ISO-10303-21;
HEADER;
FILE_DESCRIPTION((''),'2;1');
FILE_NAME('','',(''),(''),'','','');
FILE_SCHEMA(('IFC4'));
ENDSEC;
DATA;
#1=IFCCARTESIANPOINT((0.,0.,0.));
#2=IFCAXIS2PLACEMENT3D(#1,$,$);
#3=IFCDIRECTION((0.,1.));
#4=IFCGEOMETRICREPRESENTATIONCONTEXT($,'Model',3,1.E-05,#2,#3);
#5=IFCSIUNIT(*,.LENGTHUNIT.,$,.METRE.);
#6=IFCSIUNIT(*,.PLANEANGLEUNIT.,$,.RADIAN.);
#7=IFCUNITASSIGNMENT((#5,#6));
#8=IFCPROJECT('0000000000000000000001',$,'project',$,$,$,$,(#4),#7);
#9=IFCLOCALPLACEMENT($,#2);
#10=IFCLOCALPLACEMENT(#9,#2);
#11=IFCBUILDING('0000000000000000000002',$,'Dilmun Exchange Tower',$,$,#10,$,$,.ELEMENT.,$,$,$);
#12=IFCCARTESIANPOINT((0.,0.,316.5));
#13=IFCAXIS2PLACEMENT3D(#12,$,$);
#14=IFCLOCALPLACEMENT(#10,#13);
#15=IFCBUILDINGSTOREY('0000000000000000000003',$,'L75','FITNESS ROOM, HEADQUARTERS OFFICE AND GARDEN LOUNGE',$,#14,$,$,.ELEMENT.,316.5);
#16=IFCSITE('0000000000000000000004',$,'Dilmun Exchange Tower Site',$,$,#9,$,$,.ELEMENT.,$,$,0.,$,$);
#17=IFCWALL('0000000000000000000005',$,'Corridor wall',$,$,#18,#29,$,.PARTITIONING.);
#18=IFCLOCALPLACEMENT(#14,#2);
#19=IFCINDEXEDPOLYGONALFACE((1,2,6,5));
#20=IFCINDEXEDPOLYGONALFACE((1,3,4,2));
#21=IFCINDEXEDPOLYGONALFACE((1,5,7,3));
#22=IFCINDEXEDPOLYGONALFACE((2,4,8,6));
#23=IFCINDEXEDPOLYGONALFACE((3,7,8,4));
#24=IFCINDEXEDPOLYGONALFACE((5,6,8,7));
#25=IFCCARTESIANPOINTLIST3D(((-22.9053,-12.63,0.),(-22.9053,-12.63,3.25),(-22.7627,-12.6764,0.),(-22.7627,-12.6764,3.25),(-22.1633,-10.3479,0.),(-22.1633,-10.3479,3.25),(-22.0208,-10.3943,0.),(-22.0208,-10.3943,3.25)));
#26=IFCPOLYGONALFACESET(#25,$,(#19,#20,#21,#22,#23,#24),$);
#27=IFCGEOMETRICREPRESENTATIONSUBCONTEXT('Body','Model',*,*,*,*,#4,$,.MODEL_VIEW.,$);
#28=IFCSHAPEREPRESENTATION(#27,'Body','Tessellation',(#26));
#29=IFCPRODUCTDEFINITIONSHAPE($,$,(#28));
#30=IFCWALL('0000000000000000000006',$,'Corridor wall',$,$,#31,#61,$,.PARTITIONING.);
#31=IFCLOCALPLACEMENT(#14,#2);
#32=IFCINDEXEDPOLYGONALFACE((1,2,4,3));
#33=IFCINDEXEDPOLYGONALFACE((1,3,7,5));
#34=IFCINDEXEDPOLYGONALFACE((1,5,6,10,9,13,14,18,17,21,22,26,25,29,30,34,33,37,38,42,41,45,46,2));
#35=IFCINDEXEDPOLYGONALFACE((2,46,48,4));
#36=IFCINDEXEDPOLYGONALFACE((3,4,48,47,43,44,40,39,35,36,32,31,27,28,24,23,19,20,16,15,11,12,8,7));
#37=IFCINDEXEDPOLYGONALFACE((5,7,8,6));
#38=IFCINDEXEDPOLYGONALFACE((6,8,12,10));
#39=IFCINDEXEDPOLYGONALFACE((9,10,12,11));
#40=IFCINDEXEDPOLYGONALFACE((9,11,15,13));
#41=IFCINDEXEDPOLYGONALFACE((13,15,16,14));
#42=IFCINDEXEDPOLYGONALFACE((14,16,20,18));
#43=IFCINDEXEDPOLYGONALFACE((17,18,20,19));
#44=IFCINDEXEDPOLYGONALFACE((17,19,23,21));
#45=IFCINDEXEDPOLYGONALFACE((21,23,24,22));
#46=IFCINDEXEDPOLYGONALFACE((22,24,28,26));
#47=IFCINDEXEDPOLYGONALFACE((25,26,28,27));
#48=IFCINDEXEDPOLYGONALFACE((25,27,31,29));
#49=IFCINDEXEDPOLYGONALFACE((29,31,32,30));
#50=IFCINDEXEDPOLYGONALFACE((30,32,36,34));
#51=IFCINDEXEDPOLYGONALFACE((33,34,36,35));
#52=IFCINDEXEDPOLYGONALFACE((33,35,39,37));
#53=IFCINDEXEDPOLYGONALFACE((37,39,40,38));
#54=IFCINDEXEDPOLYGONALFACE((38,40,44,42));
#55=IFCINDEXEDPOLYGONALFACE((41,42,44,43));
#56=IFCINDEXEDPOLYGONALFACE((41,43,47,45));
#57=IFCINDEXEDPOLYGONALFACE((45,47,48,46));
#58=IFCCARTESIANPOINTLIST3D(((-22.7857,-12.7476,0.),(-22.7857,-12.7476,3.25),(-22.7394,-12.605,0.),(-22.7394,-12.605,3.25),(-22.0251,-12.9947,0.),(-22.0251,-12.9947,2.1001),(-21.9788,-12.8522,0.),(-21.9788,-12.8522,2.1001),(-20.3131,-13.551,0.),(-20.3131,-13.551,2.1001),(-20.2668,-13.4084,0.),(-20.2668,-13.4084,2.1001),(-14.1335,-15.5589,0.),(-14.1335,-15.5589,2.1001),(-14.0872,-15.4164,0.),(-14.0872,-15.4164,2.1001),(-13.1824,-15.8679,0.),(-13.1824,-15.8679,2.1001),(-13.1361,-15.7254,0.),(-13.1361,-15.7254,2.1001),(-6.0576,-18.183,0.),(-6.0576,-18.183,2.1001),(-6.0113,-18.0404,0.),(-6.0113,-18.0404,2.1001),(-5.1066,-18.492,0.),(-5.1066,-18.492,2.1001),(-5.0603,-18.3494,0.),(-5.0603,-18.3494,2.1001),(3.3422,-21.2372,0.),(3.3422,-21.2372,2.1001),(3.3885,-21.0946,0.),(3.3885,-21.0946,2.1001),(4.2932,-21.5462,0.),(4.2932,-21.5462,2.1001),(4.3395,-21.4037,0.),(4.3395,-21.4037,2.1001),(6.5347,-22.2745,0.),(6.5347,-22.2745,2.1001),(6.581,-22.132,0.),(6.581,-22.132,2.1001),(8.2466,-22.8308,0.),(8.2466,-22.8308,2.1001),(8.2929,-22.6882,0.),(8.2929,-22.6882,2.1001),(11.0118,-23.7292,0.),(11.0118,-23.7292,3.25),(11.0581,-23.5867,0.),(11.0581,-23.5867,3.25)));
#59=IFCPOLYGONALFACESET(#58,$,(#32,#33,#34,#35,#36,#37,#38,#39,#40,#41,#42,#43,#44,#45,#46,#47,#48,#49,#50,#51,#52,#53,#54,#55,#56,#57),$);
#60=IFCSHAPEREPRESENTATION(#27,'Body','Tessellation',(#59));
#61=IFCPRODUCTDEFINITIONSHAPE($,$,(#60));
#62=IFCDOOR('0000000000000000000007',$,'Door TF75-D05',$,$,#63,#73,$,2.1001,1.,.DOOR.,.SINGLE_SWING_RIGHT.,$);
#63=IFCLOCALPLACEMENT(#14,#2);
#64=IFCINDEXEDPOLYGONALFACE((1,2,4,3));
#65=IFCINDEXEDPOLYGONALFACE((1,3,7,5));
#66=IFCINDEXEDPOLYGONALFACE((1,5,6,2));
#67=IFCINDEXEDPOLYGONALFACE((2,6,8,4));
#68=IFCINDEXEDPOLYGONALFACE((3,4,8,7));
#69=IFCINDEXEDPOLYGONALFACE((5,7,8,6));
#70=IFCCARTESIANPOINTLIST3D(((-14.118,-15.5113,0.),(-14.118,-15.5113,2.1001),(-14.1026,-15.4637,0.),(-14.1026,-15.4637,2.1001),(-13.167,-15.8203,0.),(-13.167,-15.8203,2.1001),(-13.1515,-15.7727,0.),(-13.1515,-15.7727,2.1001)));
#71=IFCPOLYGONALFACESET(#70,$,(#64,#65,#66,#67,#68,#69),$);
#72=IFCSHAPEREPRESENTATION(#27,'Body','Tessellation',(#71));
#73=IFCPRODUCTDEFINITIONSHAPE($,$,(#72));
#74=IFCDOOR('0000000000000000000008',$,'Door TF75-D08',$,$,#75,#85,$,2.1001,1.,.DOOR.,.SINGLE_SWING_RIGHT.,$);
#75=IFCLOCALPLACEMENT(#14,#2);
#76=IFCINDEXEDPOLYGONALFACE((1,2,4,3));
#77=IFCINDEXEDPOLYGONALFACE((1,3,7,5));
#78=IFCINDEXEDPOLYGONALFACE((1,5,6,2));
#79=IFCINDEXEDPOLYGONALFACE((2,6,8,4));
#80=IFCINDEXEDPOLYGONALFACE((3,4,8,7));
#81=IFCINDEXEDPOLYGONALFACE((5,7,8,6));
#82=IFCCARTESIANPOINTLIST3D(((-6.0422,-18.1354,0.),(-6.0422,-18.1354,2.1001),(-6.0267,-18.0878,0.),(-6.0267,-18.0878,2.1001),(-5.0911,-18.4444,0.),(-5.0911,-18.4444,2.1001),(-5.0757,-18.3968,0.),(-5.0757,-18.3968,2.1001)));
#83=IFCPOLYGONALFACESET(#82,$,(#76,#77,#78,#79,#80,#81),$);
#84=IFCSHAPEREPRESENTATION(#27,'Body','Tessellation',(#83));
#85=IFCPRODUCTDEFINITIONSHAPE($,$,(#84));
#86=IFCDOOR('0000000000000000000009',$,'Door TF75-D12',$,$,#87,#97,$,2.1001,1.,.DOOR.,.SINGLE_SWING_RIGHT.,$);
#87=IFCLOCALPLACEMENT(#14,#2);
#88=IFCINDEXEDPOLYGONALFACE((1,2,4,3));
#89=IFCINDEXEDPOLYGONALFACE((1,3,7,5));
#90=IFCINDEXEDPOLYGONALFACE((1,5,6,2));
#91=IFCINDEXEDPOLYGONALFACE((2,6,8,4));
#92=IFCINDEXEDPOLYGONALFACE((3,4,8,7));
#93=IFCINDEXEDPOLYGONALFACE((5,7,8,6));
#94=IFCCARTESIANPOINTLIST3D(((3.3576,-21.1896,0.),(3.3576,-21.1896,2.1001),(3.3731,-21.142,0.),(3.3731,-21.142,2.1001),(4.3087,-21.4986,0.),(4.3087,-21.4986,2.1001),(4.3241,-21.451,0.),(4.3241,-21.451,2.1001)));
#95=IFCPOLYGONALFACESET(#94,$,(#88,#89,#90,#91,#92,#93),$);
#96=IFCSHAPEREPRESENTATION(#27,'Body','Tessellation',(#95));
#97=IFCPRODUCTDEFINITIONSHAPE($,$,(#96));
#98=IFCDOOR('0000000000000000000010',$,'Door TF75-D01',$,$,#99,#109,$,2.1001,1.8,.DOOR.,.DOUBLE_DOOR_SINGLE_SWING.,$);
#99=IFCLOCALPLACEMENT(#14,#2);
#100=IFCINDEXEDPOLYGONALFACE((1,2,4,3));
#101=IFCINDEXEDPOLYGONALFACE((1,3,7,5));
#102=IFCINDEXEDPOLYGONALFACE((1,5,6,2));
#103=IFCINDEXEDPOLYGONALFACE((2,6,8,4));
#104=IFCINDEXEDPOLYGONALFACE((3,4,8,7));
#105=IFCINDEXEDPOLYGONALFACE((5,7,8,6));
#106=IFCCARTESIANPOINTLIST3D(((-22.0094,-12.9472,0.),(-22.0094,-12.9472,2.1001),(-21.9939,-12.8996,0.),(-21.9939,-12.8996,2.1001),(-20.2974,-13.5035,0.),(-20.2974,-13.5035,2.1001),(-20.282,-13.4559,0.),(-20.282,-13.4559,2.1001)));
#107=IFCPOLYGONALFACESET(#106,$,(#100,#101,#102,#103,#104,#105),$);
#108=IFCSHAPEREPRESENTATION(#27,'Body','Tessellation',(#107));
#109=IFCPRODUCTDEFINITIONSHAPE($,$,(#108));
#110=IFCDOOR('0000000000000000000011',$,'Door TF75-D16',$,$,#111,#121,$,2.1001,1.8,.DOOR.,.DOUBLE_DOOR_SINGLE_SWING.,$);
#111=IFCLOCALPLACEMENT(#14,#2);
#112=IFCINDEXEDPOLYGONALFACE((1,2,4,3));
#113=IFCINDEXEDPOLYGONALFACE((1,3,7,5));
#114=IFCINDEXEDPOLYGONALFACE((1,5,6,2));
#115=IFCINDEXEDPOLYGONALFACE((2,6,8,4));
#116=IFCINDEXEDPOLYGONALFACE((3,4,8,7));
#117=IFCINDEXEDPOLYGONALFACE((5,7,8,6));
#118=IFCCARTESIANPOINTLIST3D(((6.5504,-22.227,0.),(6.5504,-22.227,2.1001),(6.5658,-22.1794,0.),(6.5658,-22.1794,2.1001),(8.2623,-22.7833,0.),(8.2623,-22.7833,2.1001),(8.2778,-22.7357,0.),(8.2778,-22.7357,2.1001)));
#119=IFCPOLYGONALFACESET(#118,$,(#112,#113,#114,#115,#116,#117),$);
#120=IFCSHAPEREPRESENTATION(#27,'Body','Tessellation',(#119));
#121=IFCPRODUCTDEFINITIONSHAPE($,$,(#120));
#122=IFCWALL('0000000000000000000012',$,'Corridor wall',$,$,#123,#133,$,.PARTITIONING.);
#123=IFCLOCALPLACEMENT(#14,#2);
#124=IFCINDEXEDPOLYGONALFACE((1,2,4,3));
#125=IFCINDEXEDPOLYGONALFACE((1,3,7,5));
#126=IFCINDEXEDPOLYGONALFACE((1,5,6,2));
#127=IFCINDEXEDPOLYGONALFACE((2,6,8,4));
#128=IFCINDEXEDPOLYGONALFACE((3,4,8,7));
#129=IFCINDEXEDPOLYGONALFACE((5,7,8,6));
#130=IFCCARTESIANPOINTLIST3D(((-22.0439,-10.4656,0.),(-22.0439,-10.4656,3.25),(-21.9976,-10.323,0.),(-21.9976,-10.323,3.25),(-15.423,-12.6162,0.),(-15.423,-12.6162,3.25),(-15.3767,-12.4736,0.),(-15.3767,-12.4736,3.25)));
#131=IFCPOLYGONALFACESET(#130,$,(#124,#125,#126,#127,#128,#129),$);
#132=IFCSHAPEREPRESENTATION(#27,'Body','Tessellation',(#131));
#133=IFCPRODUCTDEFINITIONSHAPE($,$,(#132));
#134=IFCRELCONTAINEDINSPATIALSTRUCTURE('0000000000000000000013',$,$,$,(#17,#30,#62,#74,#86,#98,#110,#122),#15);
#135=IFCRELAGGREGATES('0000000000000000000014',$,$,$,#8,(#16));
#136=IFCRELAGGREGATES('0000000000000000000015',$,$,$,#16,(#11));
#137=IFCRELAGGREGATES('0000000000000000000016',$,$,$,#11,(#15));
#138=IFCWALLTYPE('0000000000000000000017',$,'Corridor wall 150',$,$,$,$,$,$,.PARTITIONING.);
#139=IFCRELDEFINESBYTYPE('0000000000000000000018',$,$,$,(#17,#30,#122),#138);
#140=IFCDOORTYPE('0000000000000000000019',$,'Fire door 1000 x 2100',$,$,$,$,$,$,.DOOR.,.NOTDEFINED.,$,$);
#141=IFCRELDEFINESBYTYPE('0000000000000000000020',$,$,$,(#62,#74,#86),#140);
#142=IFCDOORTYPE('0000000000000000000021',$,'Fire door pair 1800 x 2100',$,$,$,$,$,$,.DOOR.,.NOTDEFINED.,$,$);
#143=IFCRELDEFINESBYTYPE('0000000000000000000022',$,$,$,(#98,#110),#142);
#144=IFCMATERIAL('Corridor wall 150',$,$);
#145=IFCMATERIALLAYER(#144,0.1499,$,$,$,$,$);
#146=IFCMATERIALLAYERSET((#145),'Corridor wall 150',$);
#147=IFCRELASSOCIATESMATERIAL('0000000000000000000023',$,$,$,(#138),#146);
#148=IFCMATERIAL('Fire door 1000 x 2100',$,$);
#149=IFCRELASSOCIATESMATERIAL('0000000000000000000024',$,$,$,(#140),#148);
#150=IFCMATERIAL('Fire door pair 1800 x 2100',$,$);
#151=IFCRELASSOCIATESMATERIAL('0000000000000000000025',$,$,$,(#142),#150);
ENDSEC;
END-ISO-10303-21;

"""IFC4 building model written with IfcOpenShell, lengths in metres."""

from ifc_helpers import new_model, si_unit, direction, frame, frame_2d, origin, place, context, subcontext, project, spatial, rectangle, extrude, material, layer, layer_set, type_object, element, fill, save


model = new_model("IFC4")

# Units and contexts
model_context = context("Model", 3, precision=1e-05, world=origin(), true_north=direction((0.0, 1.0)))
body_context = subcontext(model_context, "Body", "Model", "MODEL_VIEW")
ifc_project = project(units=[si_unit("LENGTHUNIT", "METRE"), si_unit("PLANEANGLEUNIT", "RADIAN")], contexts=[model_context])

# Site, building, storey
site_placement = place(None, origin())
site = spatial("IfcSite", under=ifc_project, at=site_placement, Name="Dilmun Exchange Tower Site", CompositionType="ELEMENT", RefElevation=0.0)
building_placement = place(site_placement, origin())
building = spatial("IfcBuilding", under=site, at=building_placement, Name="Dilmun Exchange Tower", CompositionType="ELEMENT")
storey_placement = place(building_placement, frame((0.0, 0.0, 316.5)))
storey = spatial("IfcBuildingStorey", under=building, at=storey_placement, Name="L75", Description="FITNESS ROOM, HEADQUARTERS OFFICE AND GARDEN LOUNGE", CompositionType="ELEMENT", Elevation=316.5)

# Wall
ifc_material_1 = material(Name="Corridor wall 150")
ifc_layer_1 = layer(ifc_material_1, 0.1499)
ifc_layer_set_1 = layer_set([ifc_layer_1], Name="Corridor wall 150")
wall_type_1 = type_object("IfcWallType", Name="Corridor wall 150", PredefinedType="PARTITIONING", material=ifc_layer_set_1)
wall_1_placement = place(storey_placement, frame((-22.834, -12.6531, 0.0), z_axis=(0.0, 0.0, 1.0), x_axis=(0.309199, 0.950997, 0.0)))
element("IfcWall", 1, at=wall_1_placement, inside=storey, type_object=wall_type_1, Name="Corridor wall", PredefinedType="PARTITIONING", context=body_context, shape_type="SweptSolid", body=[
    extrude(rectangle(XDim=2.3997, YDim=0.1499, at=frame_2d((1.1997, 0.0))), origin(), (0.0, 0.0, 1.0), 3.25),
])

# Wall, openings, doors
wall_2_placement = place(storey_placement, frame((-22.7627, -12.6763, 0.0), z_axis=(0.0, 0.0, 1.0), x_axis=(0.951055, -0.309022, 0.0)))
wall_2 = element("IfcWall", 2, at=wall_2_placement, inside=storey, type_object=wall_type_1, Name="Corridor wall", PredefinedType="PARTITIONING", context=body_context, shape_type="SweptSolid", body=[
    extrude(rectangle(XDim=35.5369, YDim=0.1499, at=frame_2d((17.7686, 0.0))), origin(), (0.0, 0.0, 1.0), 3.25),
])
opening_1_placement = place(wall_2_placement, frame((0.8, 0.0, 0.0)))
opening_1 = element("IfcOpeningElement", 3, at=opening_1_placement, cuts=wall_2, PredefinedType="OPENING", context=body_context, shape_type="SweptSolid", body=[
    extrude(rectangle(XDim=1.8, YDim=2.1001, at=frame_2d((0.8999, 1.05))), frame((0.0, 0.085, 0.0), z_axis=(0.0, -1.0, 0.0), x_axis=(1.0, 0.0, 0.0)), (0.0, 0.0, 1.0), 0.1699),
])
opening_2_placement = place(wall_2_placement, frame((9.0977, 0.0, 0.0)))
opening_2 = element("IfcOpeningElement", 4, at=opening_2_placement, cuts=wall_2, PredefinedType="OPENING", context=body_context, shape_type="SweptSolid", body=[
    extrude(rectangle(XDim=1.0, YDim=2.1001, at=frame_2d((0.5, 1.05))), frame((0.0, 0.085, 0.0), z_axis=(0.0, -1.0, 0.0), x_axis=(1.0, 0.0, 0.0)), (0.0, 0.0, 1.0), 0.1699),
])
opening_3_placement = place(wall_2_placement, frame((17.5891, 0.0, 0.0)))
opening_3 = element("IfcOpeningElement", 5, at=opening_3_placement, cuts=wall_2, PredefinedType="OPENING", context=body_context, shape_type="SweptSolid", body=[
    extrude(rectangle(XDim=1.0, YDim=2.1001, at=frame_2d((0.5, 1.05))), frame((0.0, 0.085, 0.0), z_axis=(0.0, -1.0, 0.0), x_axis=(1.0, 0.0, 0.0)), (0.0, 0.0, 1.0), 0.1699),
])
opening_4_placement = place(wall_2_placement, frame((27.4727, 0.0, 0.0)))
opening_4 = element("IfcOpeningElement", 6, at=opening_4_placement, cuts=wall_2, PredefinedType="OPENING", context=body_context, shape_type="SweptSolid", body=[
    extrude(rectangle(XDim=1.0, YDim=2.1001, at=frame_2d((0.5, 1.05))), frame((0.0, 0.085, 0.0), z_axis=(0.0, -1.0, 0.0), x_axis=(1.0, 0.0, 0.0)), (0.0, 0.0, 1.0), 0.1699),
])
opening_5_placement = place(wall_2_placement, frame((30.8296, 0.0, 0.0)))
opening_5 = element("IfcOpeningElement", 7, at=opening_5_placement, cuts=wall_2, PredefinedType="OPENING", context=body_context, shape_type="SweptSolid", body=[
    extrude(rectangle(XDim=1.8, YDim=2.1001, at=frame_2d((0.8999, 1.05))), frame((0.0, 0.085, 0.0), z_axis=(0.0, -1.0, 0.0), x_axis=(1.0, 0.0, 0.0)), (0.0, 0.0, 1.0), 0.1699),
])
ifc_material_2 = material(Name="Fire door 1000 x 2100")
door_type_1 = type_object("IfcDoorType", Name="Fire door 1000 x 2100", OperationType="NOTDEFINED", PredefinedType="DOOR", material=ifc_material_2)
door_1_placement = place(opening_2_placement, frame((1.0, 0.0, 0.0), z_axis=(0.0, 0.0, 1.0), x_axis=(-1.0, 0.0, 0.0)))
door_1 = element("IfcDoor", 8, at=door_1_placement, inside=storey, type_object=door_type_1, Name="Door TF75-D05", OperationType="SINGLE_SWING_RIGHT", OverallHeight=2.1001, OverallWidth=1.0, PredefinedType="DOOR", context=body_context, shape_type="SweptSolid", body=[
    extrude(rectangle(XDim=1.0, YDim=2.1001, at=frame_2d((0.5, 1.05))), frame((0.0, 0.0249, 0.0), z_axis=(0.0, -1.0, 0.0), x_axis=(1.0, 0.0, 0.0)), (0.0, 0.0, 1.0), 0.05),
])
fill(opening_2, door_1)
door_2_placement = place(opening_3_placement, frame((1.0, 0.0, 0.0), z_axis=(0.0, 0.0, 1.0), x_axis=(-1.0, 0.0, 0.0)))
door_2 = element("IfcDoor", 9, at=door_2_placement, inside=storey, type_object=door_type_1, Name="Door TF75-D08", OperationType="SINGLE_SWING_RIGHT", OverallHeight=2.1001, OverallWidth=1.0, PredefinedType="DOOR", context=body_context, shape_type="SweptSolid", body=[
    extrude(rectangle(XDim=1.0, YDim=2.1001, at=frame_2d((0.5, 1.05))), frame((0.0, 0.0249, 0.0), z_axis=(0.0, -1.0, 0.0), x_axis=(1.0, 0.0, 0.0)), (0.0, 0.0, 1.0), 0.05),
])
fill(opening_3, door_2)
door_3_placement = place(opening_4_placement, frame((1.0, 0.0, 0.0), z_axis=(0.0, 0.0, 1.0), x_axis=(-1.0, 0.0, 0.0)))
door_3 = element("IfcDoor", 10, at=door_3_placement, inside=storey, type_object=door_type_1, Name="Door TF75-D12", OperationType="SINGLE_SWING_RIGHT", OverallHeight=2.1001, OverallWidth=1.0, PredefinedType="DOOR", context=body_context, shape_type="SweptSolid", body=[
    extrude(rectangle(XDim=1.0, YDim=2.1001, at=frame_2d((0.5, 1.05))), frame((0.0, 0.0249, 0.0), z_axis=(0.0, -1.0, 0.0), x_axis=(1.0, 0.0, 0.0)), (0.0, 0.0, 1.0), 0.05),
])
fill(opening_4, door_3)
ifc_material_3 = material(Name="Fire door pair 1800 x 2100")
door_type_2 = type_object("IfcDoorType", Name="Fire door pair 1800 x 2100", OperationType="NOTDEFINED", PredefinedType="DOOR", material=ifc_material_3)
door_4_placement = place(opening_1_placement, frame((1.8, 0.0, 0.0), z_axis=(0.0, 0.0, 1.0), x_axis=(-1.0, 0.0, 0.0)))
door_4 = element("IfcDoor", 11, at=door_4_placement, inside=storey, type_object=door_type_2, Name="Door TF75-D01", OperationType="DOUBLE_DOOR_SINGLE_SWING", OverallHeight=2.1001, OverallWidth=1.8, PredefinedType="DOOR", context=body_context, shape_type="SweptSolid", body=[
    extrude(rectangle(XDim=1.8, YDim=2.1001, at=frame_2d((0.8999, 1.05))), frame((0.0, 0.0249, 0.0), z_axis=(0.0, -1.0, 0.0), x_axis=(1.0, 0.0, 0.0)), (0.0, 0.0, 1.0), 0.05),
])
fill(opening_1, door_4)
door_5_placement = place(opening_5_placement, frame((1.8, 0.0, 0.0), z_axis=(0.0, 0.0, 1.0), x_axis=(-1.0, 0.0, 0.0)))
door_5 = element("IfcDoor", 12, at=door_5_placement, inside=storey, type_object=door_type_2, Name="Door TF75-D16", OperationType="DOUBLE_DOOR_SINGLE_SWING", OverallHeight=2.1001, OverallWidth=1.8, PredefinedType="DOOR", context=body_context, shape_type="SweptSolid", body=[
    extrude(rectangle(XDim=1.8, YDim=2.1001, at=frame_2d((0.8999, 1.05))), frame((0.0, 0.0249, 0.0), z_axis=(0.0, -1.0, 0.0), x_axis=(1.0, 0.0, 0.0)), (0.0, 0.0, 1.0), 0.05),
])
fill(opening_5, door_5)

# Wall
wall_3_placement = place(storey_placement, frame((-22.0208, -10.3943, 0.0), z_axis=(0.0, 0.0, 1.0), x_axis=(0.951082, -0.308938, 0.0)))
element("IfcWall", 13, at=wall_3_placement, inside=storey, type_object=wall_type_1, Name="Corridor wall", PredefinedType="PARTITIONING", context=body_context, shape_type="SweptSolid", body=[
    extrude(rectangle(XDim=6.9614, YDim=0.1499, at=frame_2d((3.4807, 0.0))), origin(), (0.0, 0.0, 1.0), 3.25),
])

save(model, "model.ifc")
